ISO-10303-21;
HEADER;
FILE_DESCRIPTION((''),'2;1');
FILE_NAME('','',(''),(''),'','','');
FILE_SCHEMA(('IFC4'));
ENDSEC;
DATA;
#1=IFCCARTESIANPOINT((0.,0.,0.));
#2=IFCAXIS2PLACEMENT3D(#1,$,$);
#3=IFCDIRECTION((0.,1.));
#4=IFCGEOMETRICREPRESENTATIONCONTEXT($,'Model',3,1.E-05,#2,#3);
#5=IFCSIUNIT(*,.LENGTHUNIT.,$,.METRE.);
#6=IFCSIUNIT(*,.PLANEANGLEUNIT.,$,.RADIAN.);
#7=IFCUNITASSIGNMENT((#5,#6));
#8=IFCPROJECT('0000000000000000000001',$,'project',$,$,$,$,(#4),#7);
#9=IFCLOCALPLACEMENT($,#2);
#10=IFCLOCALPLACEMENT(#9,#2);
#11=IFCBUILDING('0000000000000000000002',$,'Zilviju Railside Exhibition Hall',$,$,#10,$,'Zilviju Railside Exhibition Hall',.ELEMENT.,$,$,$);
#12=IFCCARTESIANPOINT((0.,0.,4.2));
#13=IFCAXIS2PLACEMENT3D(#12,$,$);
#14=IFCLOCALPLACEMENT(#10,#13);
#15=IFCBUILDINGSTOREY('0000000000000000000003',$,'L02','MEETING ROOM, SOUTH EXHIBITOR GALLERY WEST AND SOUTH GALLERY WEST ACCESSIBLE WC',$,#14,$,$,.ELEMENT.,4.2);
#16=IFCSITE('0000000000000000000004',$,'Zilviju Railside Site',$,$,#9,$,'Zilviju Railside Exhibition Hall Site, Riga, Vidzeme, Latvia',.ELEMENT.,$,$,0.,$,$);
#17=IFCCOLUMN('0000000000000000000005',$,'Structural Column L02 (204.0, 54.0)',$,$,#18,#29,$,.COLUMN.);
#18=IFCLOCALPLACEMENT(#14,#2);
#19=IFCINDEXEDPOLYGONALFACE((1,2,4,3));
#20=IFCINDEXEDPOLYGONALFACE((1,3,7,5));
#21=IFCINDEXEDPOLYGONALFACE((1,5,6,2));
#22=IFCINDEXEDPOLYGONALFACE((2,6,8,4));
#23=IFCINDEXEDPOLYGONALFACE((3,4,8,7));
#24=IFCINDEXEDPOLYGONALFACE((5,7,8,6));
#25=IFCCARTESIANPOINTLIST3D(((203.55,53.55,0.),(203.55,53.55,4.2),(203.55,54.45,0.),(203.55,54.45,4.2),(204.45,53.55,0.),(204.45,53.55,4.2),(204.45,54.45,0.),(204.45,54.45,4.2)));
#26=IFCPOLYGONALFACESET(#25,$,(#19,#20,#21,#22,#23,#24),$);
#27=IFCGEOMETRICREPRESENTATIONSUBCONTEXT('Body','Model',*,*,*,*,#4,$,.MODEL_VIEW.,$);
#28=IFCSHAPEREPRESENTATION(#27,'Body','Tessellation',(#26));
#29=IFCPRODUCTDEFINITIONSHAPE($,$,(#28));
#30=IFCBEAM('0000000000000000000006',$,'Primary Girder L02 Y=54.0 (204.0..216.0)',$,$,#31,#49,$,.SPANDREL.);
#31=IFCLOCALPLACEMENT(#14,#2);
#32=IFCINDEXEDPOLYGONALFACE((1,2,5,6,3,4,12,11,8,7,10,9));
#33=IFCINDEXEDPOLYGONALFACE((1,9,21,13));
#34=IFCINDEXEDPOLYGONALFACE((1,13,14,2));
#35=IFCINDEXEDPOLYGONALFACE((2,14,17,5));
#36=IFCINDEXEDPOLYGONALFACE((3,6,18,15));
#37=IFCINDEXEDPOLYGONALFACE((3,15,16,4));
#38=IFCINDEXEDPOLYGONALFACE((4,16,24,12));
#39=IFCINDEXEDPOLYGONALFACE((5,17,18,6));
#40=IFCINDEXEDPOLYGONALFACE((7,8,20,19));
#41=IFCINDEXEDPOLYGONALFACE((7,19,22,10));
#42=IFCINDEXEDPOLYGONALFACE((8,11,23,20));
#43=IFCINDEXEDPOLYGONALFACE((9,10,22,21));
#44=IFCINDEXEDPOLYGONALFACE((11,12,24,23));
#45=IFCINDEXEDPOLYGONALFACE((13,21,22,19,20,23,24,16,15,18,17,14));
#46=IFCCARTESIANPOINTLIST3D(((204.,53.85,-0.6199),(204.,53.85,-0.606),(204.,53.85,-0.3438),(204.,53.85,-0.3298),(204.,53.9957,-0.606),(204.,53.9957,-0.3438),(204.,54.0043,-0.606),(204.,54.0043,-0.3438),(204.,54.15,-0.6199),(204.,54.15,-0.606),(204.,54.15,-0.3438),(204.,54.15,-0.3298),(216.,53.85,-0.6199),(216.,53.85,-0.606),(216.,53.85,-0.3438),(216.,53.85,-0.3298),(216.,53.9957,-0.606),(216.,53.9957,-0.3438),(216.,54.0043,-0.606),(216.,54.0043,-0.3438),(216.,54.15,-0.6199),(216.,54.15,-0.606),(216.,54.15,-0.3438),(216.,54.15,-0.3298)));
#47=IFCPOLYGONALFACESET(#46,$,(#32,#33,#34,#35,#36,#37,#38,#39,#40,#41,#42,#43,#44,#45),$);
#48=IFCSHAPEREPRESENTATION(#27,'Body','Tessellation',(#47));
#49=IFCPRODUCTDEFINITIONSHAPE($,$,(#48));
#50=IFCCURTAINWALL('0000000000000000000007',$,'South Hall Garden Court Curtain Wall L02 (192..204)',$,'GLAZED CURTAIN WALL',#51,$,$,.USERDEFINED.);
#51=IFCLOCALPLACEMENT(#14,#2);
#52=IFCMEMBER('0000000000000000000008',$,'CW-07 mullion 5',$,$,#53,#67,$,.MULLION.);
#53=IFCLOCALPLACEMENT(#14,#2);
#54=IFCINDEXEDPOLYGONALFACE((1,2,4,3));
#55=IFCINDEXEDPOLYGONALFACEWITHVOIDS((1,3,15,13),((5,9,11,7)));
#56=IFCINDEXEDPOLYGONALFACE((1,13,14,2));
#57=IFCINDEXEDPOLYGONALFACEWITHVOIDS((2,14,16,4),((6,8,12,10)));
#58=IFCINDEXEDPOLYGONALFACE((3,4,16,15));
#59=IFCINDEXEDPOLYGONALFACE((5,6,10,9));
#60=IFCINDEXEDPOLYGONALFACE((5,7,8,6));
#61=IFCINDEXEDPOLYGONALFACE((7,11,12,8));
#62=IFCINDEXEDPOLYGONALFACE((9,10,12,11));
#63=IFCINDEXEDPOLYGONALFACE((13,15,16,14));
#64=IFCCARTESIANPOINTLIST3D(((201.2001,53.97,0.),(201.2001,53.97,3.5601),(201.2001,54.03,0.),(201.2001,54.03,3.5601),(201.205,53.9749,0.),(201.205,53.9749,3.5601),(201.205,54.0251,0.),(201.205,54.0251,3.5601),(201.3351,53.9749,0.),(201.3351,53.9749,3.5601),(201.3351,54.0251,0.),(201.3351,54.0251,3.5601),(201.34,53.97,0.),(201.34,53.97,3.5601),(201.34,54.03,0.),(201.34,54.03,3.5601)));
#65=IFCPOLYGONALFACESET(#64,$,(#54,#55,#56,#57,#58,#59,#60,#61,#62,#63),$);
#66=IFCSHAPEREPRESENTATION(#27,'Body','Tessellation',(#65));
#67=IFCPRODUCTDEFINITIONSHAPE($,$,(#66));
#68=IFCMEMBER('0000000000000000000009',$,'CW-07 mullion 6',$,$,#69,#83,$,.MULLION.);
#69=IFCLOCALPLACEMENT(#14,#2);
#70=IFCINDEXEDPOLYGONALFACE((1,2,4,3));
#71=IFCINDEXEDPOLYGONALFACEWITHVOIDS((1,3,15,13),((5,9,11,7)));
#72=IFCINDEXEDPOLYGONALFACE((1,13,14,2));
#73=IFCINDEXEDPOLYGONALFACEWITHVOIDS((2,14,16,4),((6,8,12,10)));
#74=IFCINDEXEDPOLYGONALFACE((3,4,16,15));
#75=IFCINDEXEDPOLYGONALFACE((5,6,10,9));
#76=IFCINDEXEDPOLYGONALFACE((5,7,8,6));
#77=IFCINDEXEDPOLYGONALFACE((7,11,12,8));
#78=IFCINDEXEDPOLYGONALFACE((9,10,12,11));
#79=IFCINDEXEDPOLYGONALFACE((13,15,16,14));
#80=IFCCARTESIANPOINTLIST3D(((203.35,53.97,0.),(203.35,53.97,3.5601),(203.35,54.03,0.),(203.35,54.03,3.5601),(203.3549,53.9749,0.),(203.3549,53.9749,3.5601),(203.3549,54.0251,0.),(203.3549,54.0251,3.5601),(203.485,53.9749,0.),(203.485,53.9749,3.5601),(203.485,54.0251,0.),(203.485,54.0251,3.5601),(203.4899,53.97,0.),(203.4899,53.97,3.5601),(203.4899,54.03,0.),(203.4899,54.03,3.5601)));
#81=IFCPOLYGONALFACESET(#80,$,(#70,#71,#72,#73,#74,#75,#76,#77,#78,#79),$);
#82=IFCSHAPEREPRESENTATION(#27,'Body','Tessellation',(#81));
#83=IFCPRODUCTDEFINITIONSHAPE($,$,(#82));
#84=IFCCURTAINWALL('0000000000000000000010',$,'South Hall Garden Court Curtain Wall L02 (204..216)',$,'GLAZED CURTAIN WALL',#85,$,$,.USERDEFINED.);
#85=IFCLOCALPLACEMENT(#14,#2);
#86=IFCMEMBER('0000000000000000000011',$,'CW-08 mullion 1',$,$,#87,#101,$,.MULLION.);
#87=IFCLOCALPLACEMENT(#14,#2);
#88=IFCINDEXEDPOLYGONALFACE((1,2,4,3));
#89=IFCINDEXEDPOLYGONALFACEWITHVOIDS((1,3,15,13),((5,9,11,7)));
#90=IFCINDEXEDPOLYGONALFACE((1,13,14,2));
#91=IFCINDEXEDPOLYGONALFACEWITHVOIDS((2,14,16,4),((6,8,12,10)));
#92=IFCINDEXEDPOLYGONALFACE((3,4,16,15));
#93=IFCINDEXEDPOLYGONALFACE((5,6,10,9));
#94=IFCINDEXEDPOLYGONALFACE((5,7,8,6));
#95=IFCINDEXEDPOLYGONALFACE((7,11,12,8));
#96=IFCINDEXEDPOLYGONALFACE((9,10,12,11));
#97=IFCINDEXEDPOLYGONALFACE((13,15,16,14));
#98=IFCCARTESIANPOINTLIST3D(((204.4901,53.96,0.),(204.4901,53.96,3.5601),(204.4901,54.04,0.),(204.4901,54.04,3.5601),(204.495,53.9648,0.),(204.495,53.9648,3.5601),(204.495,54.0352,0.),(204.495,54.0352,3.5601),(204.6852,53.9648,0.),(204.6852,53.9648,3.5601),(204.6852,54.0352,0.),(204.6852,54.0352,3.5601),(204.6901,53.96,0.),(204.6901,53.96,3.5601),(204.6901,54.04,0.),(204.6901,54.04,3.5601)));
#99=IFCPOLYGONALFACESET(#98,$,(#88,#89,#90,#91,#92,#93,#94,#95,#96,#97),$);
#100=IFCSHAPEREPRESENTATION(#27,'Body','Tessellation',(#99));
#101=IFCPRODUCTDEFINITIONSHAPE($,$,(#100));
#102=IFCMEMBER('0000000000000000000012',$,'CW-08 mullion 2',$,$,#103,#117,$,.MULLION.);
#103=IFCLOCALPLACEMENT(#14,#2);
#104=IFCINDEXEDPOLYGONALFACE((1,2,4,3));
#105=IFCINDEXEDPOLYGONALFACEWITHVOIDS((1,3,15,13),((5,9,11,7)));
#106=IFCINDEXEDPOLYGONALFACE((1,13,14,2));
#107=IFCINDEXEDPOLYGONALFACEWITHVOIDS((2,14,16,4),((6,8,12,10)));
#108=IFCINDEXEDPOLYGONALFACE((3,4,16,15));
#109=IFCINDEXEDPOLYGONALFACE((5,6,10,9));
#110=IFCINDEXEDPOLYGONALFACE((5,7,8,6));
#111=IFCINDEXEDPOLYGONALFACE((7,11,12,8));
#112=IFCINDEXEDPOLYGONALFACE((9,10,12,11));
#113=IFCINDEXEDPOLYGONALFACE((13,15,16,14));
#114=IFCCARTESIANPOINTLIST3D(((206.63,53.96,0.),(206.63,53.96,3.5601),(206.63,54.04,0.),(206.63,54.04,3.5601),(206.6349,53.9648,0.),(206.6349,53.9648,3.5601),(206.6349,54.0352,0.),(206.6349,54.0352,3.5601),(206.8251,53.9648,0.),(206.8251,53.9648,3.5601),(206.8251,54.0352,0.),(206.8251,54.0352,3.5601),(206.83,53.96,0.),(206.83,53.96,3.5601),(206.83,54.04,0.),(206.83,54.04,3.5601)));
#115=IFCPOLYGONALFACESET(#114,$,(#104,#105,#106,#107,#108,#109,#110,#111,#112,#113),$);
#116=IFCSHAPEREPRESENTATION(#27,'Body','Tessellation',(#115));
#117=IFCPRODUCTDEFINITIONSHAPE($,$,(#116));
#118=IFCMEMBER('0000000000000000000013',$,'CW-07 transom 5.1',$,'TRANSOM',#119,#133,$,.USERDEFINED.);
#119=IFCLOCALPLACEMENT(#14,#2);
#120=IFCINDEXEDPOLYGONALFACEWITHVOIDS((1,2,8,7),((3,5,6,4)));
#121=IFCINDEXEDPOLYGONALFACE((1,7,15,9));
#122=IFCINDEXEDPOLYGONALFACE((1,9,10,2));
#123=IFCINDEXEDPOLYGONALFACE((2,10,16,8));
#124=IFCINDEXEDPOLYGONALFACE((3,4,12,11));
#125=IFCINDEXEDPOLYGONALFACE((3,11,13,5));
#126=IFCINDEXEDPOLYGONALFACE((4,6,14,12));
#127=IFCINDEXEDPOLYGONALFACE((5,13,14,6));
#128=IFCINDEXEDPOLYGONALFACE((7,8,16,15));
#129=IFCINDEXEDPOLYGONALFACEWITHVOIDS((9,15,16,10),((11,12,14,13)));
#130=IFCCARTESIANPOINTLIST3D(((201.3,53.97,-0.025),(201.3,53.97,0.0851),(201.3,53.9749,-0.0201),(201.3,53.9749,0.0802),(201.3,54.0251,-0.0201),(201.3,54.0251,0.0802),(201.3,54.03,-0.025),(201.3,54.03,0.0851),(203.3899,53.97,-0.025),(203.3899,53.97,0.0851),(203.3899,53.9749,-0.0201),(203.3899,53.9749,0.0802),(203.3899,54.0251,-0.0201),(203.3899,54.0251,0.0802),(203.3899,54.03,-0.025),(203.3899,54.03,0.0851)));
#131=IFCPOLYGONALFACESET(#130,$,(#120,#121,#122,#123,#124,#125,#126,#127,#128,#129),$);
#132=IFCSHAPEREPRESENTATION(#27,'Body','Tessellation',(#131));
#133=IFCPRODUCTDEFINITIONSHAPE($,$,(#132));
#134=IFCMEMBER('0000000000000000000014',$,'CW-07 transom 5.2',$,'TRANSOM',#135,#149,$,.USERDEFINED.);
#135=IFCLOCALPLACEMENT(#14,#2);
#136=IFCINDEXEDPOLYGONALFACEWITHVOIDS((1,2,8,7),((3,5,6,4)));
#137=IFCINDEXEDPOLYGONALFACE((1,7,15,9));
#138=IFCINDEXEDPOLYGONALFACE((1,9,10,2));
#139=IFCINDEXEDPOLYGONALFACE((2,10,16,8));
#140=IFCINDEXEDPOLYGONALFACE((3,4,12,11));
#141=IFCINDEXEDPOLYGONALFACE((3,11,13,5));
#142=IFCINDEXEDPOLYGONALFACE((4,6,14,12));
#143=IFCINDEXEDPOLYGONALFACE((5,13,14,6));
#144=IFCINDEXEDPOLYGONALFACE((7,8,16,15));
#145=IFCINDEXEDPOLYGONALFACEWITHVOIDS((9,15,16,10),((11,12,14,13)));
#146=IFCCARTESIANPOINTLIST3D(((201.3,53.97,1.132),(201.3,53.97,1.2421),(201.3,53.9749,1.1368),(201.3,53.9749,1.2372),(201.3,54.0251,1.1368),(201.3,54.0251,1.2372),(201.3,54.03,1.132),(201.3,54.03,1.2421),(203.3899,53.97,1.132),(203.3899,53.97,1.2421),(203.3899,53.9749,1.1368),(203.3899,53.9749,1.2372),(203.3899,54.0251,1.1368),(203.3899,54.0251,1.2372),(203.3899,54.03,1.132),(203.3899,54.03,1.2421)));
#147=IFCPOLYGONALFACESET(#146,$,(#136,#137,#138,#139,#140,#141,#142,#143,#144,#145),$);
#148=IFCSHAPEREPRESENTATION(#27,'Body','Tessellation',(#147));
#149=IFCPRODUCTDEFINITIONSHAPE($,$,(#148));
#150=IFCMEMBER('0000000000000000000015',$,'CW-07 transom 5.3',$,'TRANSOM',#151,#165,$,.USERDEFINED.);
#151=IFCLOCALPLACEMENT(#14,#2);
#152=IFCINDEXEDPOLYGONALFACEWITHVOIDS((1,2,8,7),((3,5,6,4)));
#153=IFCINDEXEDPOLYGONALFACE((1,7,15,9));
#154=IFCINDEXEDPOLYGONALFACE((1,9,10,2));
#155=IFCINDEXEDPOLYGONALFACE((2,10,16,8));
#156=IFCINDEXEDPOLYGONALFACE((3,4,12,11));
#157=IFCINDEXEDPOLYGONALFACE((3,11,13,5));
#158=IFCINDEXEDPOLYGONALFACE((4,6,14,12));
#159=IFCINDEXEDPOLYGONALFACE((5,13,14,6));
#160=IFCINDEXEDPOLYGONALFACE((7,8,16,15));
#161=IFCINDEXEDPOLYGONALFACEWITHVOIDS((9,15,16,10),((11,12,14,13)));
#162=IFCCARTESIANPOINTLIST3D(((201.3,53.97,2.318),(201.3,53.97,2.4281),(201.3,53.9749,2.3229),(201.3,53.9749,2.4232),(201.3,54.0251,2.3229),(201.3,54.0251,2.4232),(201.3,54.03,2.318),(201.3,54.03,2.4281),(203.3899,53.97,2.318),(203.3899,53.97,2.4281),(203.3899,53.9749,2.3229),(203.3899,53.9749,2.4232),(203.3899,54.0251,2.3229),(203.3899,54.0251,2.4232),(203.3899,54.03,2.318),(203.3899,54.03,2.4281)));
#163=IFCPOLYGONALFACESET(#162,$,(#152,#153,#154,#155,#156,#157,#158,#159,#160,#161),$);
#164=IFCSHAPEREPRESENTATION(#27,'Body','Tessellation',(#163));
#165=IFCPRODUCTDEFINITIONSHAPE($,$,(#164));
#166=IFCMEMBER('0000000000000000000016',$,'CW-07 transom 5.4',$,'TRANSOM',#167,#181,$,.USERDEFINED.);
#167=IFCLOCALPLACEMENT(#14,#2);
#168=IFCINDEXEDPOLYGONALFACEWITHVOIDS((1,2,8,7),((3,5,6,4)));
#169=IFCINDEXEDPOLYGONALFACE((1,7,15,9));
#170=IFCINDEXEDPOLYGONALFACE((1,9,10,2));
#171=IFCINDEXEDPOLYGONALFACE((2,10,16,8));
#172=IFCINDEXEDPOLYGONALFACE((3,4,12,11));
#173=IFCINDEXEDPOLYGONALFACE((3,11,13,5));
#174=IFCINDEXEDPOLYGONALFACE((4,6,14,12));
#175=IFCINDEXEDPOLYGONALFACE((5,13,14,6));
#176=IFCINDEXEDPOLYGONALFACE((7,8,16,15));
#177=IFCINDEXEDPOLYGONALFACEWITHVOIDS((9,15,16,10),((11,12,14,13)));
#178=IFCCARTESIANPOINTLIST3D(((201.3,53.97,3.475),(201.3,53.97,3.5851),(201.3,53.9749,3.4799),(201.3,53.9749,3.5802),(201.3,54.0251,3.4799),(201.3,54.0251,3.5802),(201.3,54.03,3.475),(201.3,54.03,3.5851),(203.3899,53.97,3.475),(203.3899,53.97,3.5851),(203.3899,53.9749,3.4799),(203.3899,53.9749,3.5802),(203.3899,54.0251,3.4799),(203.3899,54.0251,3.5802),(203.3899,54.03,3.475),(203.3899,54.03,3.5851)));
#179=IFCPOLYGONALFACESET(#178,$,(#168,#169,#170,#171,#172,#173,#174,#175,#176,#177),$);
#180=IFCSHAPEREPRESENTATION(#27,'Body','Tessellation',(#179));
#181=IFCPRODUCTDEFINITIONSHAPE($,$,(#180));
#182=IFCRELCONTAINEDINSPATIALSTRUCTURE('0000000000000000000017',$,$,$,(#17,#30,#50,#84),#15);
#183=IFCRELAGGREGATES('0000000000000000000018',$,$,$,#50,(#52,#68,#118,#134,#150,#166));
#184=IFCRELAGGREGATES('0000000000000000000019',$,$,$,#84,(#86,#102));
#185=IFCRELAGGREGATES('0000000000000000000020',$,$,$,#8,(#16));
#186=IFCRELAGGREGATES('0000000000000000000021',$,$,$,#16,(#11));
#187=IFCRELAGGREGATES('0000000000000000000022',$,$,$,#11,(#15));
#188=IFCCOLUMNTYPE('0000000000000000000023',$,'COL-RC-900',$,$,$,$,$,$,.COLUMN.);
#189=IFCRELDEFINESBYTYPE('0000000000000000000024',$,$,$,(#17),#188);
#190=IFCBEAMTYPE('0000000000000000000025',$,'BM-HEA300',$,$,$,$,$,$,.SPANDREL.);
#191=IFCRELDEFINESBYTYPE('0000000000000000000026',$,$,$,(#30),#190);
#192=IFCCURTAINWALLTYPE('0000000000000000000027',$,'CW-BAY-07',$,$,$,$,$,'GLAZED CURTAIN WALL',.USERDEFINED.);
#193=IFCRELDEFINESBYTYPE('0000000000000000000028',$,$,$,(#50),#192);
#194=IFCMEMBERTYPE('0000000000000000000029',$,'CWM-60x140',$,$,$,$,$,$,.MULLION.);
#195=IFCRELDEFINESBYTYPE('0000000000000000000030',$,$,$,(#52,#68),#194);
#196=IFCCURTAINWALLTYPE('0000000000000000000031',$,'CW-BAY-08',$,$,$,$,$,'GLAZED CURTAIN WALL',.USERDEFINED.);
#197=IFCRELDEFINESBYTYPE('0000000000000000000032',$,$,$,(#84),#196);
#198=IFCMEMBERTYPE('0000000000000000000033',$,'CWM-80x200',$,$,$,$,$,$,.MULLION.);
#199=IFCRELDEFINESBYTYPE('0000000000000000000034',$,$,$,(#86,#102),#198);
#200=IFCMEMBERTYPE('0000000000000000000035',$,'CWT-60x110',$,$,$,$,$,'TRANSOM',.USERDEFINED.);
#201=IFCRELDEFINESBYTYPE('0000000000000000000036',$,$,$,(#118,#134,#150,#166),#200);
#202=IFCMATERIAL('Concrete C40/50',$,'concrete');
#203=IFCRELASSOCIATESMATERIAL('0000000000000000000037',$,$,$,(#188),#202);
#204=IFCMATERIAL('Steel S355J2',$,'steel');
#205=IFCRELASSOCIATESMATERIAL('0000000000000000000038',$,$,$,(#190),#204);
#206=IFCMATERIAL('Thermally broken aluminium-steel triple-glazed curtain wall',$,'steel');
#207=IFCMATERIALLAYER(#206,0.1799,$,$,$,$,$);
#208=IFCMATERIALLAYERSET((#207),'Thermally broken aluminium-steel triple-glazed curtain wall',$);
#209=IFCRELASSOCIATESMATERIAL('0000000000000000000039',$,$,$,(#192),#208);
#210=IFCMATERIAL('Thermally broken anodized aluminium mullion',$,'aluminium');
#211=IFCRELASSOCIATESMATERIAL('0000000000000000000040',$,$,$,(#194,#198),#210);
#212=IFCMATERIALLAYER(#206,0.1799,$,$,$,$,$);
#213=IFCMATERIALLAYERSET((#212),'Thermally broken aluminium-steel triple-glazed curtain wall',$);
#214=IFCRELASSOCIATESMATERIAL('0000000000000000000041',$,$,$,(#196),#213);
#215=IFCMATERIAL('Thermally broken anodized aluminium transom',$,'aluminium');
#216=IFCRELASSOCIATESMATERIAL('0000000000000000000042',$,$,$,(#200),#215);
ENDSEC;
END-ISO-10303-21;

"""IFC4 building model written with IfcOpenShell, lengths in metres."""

from ifc_helpers import new_model, si_unit, direction, frame, origin, origin_2d, place, context, subcontext, project, spatial, rectangle, hollow_rectangle, i_section, extrude, material, layer, layer_set, material_profile, profile_set, type_object, element, aggregate, save


model = new_model("IFC4")

# Units and contexts
model_context = context("Model", 3, precision=1e-05, world=origin(), true_north=direction((0.0, 1.0)))
body_context = subcontext(model_context, "Body", "Model", "MODEL_VIEW")
ifc_project = project(units=[si_unit("LENGTHUNIT", "METRE"), si_unit("PLANEANGLEUNIT", "RADIAN")], contexts=[model_context])

# Site, building, storey
site_placement = place(None, origin())
site = spatial("IfcSite", under=ifc_project, at=site_placement, Name="Zilviju Railside Site", LongName="Zilviju Railside Exhibition Hall Site, Riga, Vidzeme, Latvia", CompositionType="ELEMENT", RefElevation=0.0)
building_placement = place(site_placement, origin())
building = spatial("IfcBuilding", under=site, at=building_placement, Name="Zilviju Railside Exhibition Hall", LongName="Zilviju Railside Exhibition Hall", CompositionType="ELEMENT")
storey_placement = place(building_placement, frame((0.0, 0.0, 4.2)))
storey = spatial("IfcBuildingStorey", under=building, at=storey_placement, Name="L02", Description="MEETING ROOM, SOUTH EXHIBITOR GALLERY WEST AND SOUTH GALLERY WEST ACCESSIBLE WC", CompositionType="ELEMENT", Elevation=4.2)

# Column
ifc_material_1 = material(Name="Concrete C40/50", Category="concrete")
ifc_material_profile_1 = material_profile(ifc_material_1, rectangle(XDim=0.8999, YDim=0.8999, at=origin_2d()), Name="RC COL 900x900")
ifc_profile_set_1 = profile_set([ifc_material_profile_1], Name="Concrete C40/50")
column_type = type_object("IfcColumnType", Name="COL-RC-900", PredefinedType="COLUMN", material=ifc_profile_set_1)
column_placement = place(storey_placement, frame((204.0, 54.0, 0.0), z_axis=(0.0, 0.0, 1.0), x_axis=(1.0, 0.0, 0.0)))
element("IfcColumn", 1, at=column_placement, inside=storey, type_object=column_type, Name="Structural Column L02 (204.0, 54.0)", PredefinedType="COLUMN", context=body_context, shape_type="SweptSolid", body=[
    extrude(rectangle(XDim=0.8999, YDim=0.8999, at=origin_2d()), origin(), (0.0, 0.0, 1.0), 4.2),
])

# Beam
ifc_material_2 = material(Name="Steel S355J2", Category="steel")
ifc_material_profile_2 = material_profile(ifc_material_2, i_section(OverallWidth=0.3, OverallDepth=0.29, WebThickness=0.0085, FlangeThickness=0.0139, at=origin_2d()), Name="HEA 300")
ifc_profile_set_2 = profile_set([ifc_material_profile_2], Name="Steel S355J2")
beam_type = type_object("IfcBeamType", Name="BM-HEA300", PredefinedType="SPANDREL", material=ifc_profile_set_2)
beam_placement = place(storey_placement, frame((204.0, 54.0, -0.4749), z_axis=(1.0, 0.0, 0.0), x_axis=(0.0, 1.0, 0.0)))
element("IfcBeam", 2, at=beam_placement, inside=storey, type_object=beam_type, Name="Primary Girder L02 Y=54.0 (204.0..216.0)", PredefinedType="SPANDREL", context=body_context, shape_type="SweptSolid", body=[
    extrude(i_section(OverallWidth=0.3, OverallDepth=0.29, WebThickness=0.0085, FlangeThickness=0.0139, at=origin_2d()), origin(), (0.0, 0.0, 1.0), 12.0),
])

# Curtain walls, members
ifc_material_3 = material(Name="Thermally broken aluminium-steel triple-glazed curtain wall", Category="steel")
ifc_layer_1 = layer(ifc_material_3, 0.1799)
ifc_layer_set_1 = layer_set([ifc_layer_1], Name="Thermally broken aluminium-steel triple-glazed curtain wall")
curtain_wall_type_1 = type_object("IfcCurtainWallType", Name="CW-BAY-07", ElementType="GLAZED CURTAIN WALL", PredefinedType="USERDEFINED", material=ifc_layer_set_1)
curtain_wall_1_placement = place(storey_placement, origin())
curtain_wall_1 = element("IfcCurtainWall", 3, at=curtain_wall_1_placement, inside=storey, type_object=curtain_wall_type_1, Name="South Hall Garden Court Curtain Wall L02 (192..204)", ObjectType="GLAZED CURTAIN WALL", PredefinedType="USERDEFINED")
ifc_material_4 = material(Name="Thermally broken anodized aluminium mullion", Category="aluminium")
ifc_material_profile_3 = material_profile(ifc_material_4, hollow_rectangle(XDim=0.0601, YDim=0.1399, WallThickness=0.0049, at=origin_2d()), Name="MULLION 140x60x5")
ifc_profile_set_3 = profile_set([ifc_material_profile_3], Name="Thermally broken anodized aluminium mullion")
member_type_1 = type_object("IfcMemberType", Name="CWM-60x140", PredefinedType="MULLION", material=ifc_profile_set_3)
member_1_placement = place(storey_placement, frame((201.27, 54.0, 0.0), z_axis=(0.0, 0.0, 1.0), x_axis=(0.0, 1.0, 0.0)))
member_1 = element("IfcMember", 4, at=member_1_placement, type_object=member_type_1, Name="CW-07 mullion 5", PredefinedType="MULLION", context=body_context, shape_type="SweptSolid", body=[
    extrude(hollow_rectangle(XDim=0.0601, YDim=0.1399, WallThickness=0.0049, at=origin_2d()), origin(), (0.0, 0.0, 1.0), 3.5601),
])
member_2_placement = place(storey_placement, frame((203.4199, 54.0, 0.0), z_axis=(0.0, 0.0, 1.0), x_axis=(0.0, 1.0, 0.0)))
member_2 = element("IfcMember", 5, at=member_2_placement, type_object=member_type_1, Name="CW-07 mullion 6", PredefinedType="MULLION", context=body_context, shape_type="SweptSolid", body=[
    extrude(hollow_rectangle(XDim=0.0601, YDim=0.1399, WallThickness=0.0049, at=origin_2d()), origin(), (0.0, 0.0, 1.0), 3.5601),
])
ifc_layer_2 = layer(ifc_material_3, 0.1799)
ifc_layer_set_2 = layer_set([ifc_layer_2], Name="Thermally broken aluminium-steel triple-glazed curtain wall")
curtain_wall_type_2 = type_object("IfcCurtainWallType", Name="CW-BAY-08", ElementType="GLAZED CURTAIN WALL", PredefinedType="USERDEFINED", material=ifc_layer_set_2)
curtain_wall_2_placement = place(storey_placement, origin())
curtain_wall_2 = element("IfcCurtainWall", 6, at=curtain_wall_2_placement, inside=storey, type_object=curtain_wall_type_2, Name="South Hall Garden Court Curtain Wall L02 (204..216)", ObjectType="GLAZED CURTAIN WALL", PredefinedType="USERDEFINED")
ifc_material_profile_4 = material_profile(ifc_material_4, hollow_rectangle(XDim=0.0801, YDim=0.2, WallThickness=0.0049, at=origin_2d()), Name="MULLION 200x80x5")
ifc_profile_set_4 = profile_set([ifc_material_profile_4], Name="Thermally broken anodized aluminium mullion")
member_type_2 = type_object("IfcMemberType", Name="CWM-80x200", PredefinedType="MULLION", material=ifc_profile_set_4)
member_3_placement = place(storey_placement, frame((204.5901, 54.0, 0.0), z_axis=(0.0, 0.0, 1.0), x_axis=(0.0, 1.0, 0.0)))
member_3 = element("IfcMember", 7, at=member_3_placement, type_object=member_type_2, Name="CW-08 mullion 1", PredefinedType="MULLION", context=body_context, shape_type="SweptSolid", body=[
    extrude(hollow_rectangle(XDim=0.0801, YDim=0.2, WallThickness=0.0049, at=origin_2d()), origin(), (0.0, 0.0, 1.0), 3.5601),
])
member_4_placement = place(storey_placement, frame((206.73, 54.0, 0.0), z_axis=(0.0, 0.0, 1.0), x_axis=(0.0, 1.0, 0.0)))
member_4 = element("IfcMember", 8, at=member_4_placement, type_object=member_type_2, Name="CW-08 mullion 2", PredefinedType="MULLION", context=body_context, shape_type="SweptSolid", body=[
    extrude(hollow_rectangle(XDim=0.0801, YDim=0.2, WallThickness=0.0049, at=origin_2d()), origin(), (0.0, 0.0, 1.0), 3.5601),
])

# Members
ifc_material_5 = material(Name="Thermally broken anodized aluminium transom", Category="aluminium")
ifc_material_profile_5 = material_profile(ifc_material_5, hollow_rectangle(XDim=0.0601, YDim=0.1101, WallThickness=0.0049, at=origin_2d()), Name="TRANSOM 110x60x5")
ifc_profile_set_5 = profile_set([ifc_material_profile_5], Name="Thermally broken anodized aluminium transom")
member_type_3 = type_object("IfcMemberType", Name="CWT-60x110", ElementType="TRANSOM", PredefinedType="USERDEFINED", material=ifc_profile_set_5)
member_5_placement = place(storey_placement, frame((201.3, 54.0, 0.03), z_axis=(1.0, 0.0, 0.0), x_axis=(0.0, 1.0, 0.0)))
member_5 = element("IfcMember", 9, at=member_5_placement, type_object=member_type_3, Name="CW-07 transom 5.1", ObjectType="TRANSOM", PredefinedType="USERDEFINED", context=body_context, shape_type="SweptSolid", body=[
    extrude(hollow_rectangle(XDim=0.0601, YDim=0.1101, WallThickness=0.0049, at=origin_2d()), origin(), (0.0, 0.0, 1.0), 2.0898),
])
member_6_placement = place(storey_placement, frame((201.3, 54.0, 1.187), z_axis=(1.0, 0.0, 0.0), x_axis=(0.0, 1.0, 0.0)))
member_6 = element("IfcMember", 10, at=member_6_placement, type_object=member_type_3, Name="CW-07 transom 5.2", ObjectType="TRANSOM", PredefinedType="USERDEFINED", context=body_context, shape_type="SweptSolid", body=[
    extrude(hollow_rectangle(XDim=0.0601, YDim=0.1101, WallThickness=0.0049, at=origin_2d()), origin(), (0.0, 0.0, 1.0), 2.0898),
])
member_7_placement = place(storey_placement, frame((201.3, 54.0, 2.373), z_axis=(1.0, 0.0, 0.0), x_axis=(0.0, 1.0, 0.0)))
member_7 = element("IfcMember", 11, at=member_7_placement, type_object=member_type_3, Name="CW-07 transom 5.3", ObjectType="TRANSOM", PredefinedType="USERDEFINED", context=body_context, shape_type="SweptSolid", body=[
    extrude(hollow_rectangle(XDim=0.0601, YDim=0.1101, WallThickness=0.0049, at=origin_2d()), origin(), (0.0, 0.0, 1.0), 2.0898),
])
member_8_placement = place(storey_placement, frame((201.3, 54.0, 3.53), z_axis=(1.0, 0.0, 0.0), x_axis=(0.0, 1.0, 0.0)))
member_8 = element("IfcMember", 12, at=member_8_placement, type_object=member_type_3, Name="CW-07 transom 5.4", ObjectType="TRANSOM", PredefinedType="USERDEFINED", context=body_context, shape_type="SweptSolid", body=[
    extrude(hollow_rectangle(XDim=0.0601, YDim=0.1101, WallThickness=0.0049, at=origin_2d()), origin(), (0.0, 0.0, 1.0), 2.0898),
])

aggregate(curtain_wall_1, [member_1, member_2, member_5, member_6, member_7, member_8])
aggregate(curtain_wall_2, [member_3, member_4])

save(model, "model.ifc")
